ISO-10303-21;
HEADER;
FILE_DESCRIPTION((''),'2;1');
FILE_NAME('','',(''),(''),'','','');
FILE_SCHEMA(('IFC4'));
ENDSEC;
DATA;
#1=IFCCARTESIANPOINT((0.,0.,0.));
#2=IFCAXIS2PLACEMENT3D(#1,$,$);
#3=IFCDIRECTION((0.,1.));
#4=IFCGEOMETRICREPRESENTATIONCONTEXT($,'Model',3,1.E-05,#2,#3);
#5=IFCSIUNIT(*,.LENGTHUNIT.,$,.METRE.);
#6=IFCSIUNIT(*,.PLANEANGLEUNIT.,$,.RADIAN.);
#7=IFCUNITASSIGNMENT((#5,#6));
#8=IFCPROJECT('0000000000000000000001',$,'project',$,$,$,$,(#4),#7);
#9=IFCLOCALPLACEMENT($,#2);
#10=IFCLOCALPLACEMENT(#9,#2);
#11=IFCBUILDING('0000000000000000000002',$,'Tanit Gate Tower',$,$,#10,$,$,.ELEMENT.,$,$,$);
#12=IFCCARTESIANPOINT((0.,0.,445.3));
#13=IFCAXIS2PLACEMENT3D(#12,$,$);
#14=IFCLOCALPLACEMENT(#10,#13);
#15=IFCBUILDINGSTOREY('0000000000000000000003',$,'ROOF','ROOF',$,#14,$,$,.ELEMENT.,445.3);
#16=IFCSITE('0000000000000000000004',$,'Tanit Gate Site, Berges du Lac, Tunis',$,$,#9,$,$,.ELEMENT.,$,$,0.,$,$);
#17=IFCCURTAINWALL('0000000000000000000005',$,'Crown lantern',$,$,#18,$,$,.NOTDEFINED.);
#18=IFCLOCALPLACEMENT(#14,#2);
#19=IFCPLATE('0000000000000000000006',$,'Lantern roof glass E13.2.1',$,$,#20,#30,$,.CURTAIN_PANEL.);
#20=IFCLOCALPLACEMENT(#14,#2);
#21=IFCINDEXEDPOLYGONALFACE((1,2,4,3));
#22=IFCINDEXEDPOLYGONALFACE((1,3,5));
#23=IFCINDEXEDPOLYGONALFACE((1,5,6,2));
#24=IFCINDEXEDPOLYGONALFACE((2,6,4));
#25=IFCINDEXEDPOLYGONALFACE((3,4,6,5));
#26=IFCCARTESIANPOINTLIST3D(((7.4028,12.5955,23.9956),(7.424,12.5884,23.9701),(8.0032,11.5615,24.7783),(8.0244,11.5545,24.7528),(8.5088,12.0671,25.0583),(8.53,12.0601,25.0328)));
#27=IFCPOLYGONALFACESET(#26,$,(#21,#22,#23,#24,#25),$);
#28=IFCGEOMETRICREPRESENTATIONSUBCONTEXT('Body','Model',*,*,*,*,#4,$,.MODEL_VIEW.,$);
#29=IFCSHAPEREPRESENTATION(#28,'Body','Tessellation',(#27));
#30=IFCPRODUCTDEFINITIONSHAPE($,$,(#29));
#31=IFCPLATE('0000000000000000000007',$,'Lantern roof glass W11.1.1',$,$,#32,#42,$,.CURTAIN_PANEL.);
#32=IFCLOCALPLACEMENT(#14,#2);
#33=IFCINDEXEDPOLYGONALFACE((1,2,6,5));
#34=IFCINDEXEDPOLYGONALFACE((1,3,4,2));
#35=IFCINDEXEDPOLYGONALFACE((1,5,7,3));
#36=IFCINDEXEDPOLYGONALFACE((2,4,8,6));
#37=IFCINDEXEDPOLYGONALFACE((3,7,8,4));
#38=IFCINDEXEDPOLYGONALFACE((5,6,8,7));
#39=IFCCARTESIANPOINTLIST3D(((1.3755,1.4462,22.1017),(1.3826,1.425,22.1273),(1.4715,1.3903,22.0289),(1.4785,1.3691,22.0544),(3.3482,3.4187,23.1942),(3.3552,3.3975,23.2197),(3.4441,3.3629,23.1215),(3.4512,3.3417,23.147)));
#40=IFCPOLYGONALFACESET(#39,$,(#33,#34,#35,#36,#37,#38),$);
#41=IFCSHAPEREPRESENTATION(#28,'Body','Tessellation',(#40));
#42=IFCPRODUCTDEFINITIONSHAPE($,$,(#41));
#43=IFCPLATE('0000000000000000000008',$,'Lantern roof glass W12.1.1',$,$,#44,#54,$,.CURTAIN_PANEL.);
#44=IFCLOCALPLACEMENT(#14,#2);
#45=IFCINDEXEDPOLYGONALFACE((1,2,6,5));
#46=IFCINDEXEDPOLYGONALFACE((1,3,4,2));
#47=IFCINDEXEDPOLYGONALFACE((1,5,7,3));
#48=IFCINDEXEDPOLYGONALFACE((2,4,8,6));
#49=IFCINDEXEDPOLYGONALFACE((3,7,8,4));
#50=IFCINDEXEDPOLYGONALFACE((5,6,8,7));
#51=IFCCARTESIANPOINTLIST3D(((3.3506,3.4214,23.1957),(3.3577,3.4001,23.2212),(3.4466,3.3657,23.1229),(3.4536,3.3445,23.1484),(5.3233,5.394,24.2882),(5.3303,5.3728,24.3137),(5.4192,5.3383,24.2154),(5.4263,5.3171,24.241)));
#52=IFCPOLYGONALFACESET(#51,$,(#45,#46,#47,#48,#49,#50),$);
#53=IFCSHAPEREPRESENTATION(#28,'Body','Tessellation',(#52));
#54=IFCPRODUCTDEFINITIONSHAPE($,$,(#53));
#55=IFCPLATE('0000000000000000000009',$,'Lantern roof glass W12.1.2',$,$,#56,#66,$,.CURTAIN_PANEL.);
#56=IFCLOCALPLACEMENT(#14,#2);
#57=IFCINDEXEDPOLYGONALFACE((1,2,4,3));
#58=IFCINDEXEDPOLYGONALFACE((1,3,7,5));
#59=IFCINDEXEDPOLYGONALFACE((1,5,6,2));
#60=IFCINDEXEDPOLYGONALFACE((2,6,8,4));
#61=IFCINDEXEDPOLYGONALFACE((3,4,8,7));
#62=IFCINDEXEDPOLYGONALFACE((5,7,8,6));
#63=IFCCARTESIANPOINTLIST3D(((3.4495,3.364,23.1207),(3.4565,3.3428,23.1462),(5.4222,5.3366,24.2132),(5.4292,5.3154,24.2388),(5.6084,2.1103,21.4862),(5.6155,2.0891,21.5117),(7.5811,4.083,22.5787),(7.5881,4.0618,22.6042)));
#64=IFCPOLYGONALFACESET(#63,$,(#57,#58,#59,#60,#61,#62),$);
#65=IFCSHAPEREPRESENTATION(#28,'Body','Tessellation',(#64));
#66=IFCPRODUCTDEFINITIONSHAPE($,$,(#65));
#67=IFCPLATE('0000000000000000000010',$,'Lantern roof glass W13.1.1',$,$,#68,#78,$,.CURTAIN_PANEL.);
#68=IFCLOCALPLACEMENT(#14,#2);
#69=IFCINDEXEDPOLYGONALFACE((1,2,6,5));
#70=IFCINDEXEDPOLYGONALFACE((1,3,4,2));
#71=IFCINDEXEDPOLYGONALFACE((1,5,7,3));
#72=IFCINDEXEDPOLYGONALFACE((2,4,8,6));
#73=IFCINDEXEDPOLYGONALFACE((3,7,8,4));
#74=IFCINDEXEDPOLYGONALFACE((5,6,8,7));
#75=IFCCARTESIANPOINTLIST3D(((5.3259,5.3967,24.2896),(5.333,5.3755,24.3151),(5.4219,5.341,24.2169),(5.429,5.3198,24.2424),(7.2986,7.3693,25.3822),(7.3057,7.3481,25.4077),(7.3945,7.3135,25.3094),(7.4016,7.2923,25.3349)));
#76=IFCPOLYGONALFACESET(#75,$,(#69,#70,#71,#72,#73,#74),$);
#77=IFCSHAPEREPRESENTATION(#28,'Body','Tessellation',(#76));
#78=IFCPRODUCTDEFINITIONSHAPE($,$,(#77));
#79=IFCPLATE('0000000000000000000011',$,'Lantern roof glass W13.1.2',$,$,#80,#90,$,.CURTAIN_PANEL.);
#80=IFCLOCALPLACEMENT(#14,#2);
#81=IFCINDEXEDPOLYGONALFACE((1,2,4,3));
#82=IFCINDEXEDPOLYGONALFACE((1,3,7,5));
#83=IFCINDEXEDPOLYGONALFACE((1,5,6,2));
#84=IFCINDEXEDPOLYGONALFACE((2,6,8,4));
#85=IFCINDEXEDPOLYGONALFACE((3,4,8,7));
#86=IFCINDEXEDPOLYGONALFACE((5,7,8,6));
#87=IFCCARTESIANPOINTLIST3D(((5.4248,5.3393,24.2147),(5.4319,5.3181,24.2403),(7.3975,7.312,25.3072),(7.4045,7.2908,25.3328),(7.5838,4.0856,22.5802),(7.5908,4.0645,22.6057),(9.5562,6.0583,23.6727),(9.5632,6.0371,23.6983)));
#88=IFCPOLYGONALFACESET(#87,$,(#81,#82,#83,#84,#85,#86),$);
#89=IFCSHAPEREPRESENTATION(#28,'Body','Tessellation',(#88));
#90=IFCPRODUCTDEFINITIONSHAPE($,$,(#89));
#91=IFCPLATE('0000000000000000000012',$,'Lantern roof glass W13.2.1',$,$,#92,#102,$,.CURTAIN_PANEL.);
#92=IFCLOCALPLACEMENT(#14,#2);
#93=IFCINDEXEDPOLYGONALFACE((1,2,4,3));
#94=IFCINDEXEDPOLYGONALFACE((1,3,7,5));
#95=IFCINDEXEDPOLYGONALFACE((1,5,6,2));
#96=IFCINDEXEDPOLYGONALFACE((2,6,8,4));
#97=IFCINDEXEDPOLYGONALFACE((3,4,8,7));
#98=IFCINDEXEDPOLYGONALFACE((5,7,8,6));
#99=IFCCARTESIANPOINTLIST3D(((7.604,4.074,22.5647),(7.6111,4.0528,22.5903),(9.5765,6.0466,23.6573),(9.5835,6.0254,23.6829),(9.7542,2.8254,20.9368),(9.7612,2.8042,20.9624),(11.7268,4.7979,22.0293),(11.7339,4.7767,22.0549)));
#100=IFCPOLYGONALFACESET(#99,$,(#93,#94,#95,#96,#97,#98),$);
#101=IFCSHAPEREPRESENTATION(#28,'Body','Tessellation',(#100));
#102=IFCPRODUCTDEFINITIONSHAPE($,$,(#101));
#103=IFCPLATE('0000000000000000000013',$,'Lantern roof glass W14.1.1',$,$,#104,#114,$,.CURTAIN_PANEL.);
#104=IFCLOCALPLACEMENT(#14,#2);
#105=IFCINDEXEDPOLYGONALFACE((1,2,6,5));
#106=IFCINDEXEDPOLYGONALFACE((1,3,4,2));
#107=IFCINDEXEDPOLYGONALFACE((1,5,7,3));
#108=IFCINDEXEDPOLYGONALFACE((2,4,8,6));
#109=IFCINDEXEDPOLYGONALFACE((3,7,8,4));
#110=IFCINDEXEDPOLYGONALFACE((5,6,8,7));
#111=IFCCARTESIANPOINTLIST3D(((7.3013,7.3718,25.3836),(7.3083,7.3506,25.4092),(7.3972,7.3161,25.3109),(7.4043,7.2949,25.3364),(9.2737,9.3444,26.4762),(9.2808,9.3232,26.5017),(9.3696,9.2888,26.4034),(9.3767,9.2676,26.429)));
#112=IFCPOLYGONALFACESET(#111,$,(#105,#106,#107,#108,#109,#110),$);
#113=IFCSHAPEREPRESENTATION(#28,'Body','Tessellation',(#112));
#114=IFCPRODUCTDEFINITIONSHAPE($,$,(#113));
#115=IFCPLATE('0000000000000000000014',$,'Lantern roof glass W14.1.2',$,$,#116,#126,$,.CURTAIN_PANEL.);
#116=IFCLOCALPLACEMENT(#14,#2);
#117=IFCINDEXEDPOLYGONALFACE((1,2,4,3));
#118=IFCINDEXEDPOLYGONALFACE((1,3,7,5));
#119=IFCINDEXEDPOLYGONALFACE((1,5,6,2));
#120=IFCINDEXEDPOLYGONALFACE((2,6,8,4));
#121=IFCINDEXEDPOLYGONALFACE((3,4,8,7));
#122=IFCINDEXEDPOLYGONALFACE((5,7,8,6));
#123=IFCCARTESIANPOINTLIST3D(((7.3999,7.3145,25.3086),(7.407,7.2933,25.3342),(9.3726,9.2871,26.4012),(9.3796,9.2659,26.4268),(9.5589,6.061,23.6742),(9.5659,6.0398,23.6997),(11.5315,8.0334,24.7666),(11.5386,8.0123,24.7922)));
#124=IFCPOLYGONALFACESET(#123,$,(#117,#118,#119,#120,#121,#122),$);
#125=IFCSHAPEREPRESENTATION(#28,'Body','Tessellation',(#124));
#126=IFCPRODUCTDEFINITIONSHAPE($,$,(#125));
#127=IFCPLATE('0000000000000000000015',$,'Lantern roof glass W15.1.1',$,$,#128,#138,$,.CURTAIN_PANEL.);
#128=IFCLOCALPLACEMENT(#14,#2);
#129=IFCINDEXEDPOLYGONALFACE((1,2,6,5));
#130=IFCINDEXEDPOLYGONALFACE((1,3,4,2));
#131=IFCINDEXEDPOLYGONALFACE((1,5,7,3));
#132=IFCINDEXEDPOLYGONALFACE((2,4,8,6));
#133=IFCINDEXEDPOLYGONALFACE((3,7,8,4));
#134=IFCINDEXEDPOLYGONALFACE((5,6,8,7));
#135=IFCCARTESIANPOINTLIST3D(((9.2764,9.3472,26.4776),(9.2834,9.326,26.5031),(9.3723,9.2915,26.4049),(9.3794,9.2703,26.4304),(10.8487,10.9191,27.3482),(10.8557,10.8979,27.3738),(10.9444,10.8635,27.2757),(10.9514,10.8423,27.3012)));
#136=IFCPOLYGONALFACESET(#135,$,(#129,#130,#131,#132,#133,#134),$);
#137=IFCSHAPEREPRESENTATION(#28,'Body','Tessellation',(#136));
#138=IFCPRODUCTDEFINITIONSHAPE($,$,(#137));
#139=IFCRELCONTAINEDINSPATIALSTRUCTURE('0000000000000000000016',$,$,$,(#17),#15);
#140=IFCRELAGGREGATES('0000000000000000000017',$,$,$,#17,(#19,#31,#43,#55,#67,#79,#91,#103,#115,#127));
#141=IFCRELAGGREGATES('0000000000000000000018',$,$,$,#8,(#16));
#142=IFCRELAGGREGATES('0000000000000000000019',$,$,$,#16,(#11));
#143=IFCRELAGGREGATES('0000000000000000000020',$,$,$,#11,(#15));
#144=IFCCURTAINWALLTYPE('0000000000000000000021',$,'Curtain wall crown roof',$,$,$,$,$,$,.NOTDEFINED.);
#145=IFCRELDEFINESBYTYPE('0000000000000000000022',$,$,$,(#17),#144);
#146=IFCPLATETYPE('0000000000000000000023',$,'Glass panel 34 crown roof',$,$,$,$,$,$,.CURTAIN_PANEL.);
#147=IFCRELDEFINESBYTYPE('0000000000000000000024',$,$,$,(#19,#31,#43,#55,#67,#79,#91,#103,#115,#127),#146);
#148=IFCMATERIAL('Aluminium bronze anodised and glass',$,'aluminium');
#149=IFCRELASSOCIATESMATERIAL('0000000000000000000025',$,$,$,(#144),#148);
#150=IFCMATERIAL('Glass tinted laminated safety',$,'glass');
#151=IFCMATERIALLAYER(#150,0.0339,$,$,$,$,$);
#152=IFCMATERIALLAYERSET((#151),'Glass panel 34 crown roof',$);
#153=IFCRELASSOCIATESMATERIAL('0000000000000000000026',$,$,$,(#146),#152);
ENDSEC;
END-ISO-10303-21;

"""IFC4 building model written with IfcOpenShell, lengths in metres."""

from ifc_helpers import new_model, si_unit, direction, frame, origin, place, context, subcontext, project, spatial, polyline, outline, extrude, material, layer, layer_set, type_object, element, aggregate, save


model = new_model("IFC4")

# Units and contexts
model_context = context("Model", 3, precision=1e-05, world=origin(), true_north=direction((0.0, 1.0)))
body_context = subcontext(model_context, "Body", "Model", "MODEL_VIEW")
ifc_project = project(units=[si_unit("LENGTHUNIT", "METRE"), si_unit("PLANEANGLEUNIT", "RADIAN")], contexts=[model_context])

# Site, building, storey
site_placement = place(None, origin())
site = spatial("IfcSite", under=ifc_project, at=site_placement, Name="Tanit Gate Site, Berges du Lac, Tunis", CompositionType="ELEMENT", RefElevation=0.0)
building_placement = place(site_placement, origin())
building = spatial("IfcBuilding", under=site, at=building_placement, Name="Tanit Gate Tower", CompositionType="ELEMENT")
storey_placement = place(building_placement, frame((0.0, 0.0, 445.3)))
storey = spatial("IfcBuildingStorey", under=building, at=storey_placement, Name="ROOF", Description="ROOF", CompositionType="ELEMENT", Elevation=445.3)

# Curtain wall, plates
ifc_material_1 = material(Name="Aluminium bronze anodised and glass", Category="aluminium")
curtain_wall_type = type_object("IfcCurtainWallType", Name="Curtain wall crown roof", PredefinedType="NOTDEFINED", material=ifc_material_1)
curtain_wall_placement = place(storey_placement, origin())
curtain_wall = element("IfcCurtainWall", 1, at=curtain_wall_placement, inside=storey, type_object=curtain_wall_type, Name="Crown lantern", PredefinedType="NOTDEFINED")
ifc_material_2 = material(Name="Glass tinted laminated safety", Category="glass")
ifc_layer = layer(ifc_material_2, 0.0339)
ifc_layer_set = layer_set([ifc_layer], Name="Glass panel 34 crown roof")
plate_type = type_object("IfcPlateType", Name="Glass panel 34 crown roof", PredefinedType="CURTAIN_PANEL", material=ifc_layer_set)
plate_1_placement = place(storey_placement, frame((8.0032, 11.5615, 24.7783), z_axis=(-0.624476, 0.20744, 0.752993), x_axis=(0.658417, 0.658417, 0.364657)))
plate_1 = element("IfcPlate", 2, at=plate_1_placement, type_object=plate_type, Name="Lantern roof glass E13.2.1", PredefinedType="CURTAIN_PANEL", context=body_context, shape_type="SweptSolid", body=[
    extrude(outline(polyline([(0.0, 0.0), (0.7679, 0.0), (0.0001, 1.429), (0.0, 0.0)])), origin(), (0.0, 0.0, -1.0), 0.0339),
])
plate_2_placement = place(storey_placement, frame((3.3552, 3.3975, 23.2197), z_axis=(0.207657, -0.624628, 0.752807), x_axis=(-0.658447, -0.658387, -0.364656)))
plate_2 = element("IfcPlate", 3, at=plate_2_placement, type_object=plate_type, Name="Lantern roof glass W11.1.1", PredefinedType="CURTAIN_PANEL", context=body_context, shape_type="SweptSolid", body=[
    extrude(outline(polyline([(0.0, 0.0), (2.9959, 0.0), (2.9961, 0.1328), (0.0, 0.1327), (0.0, 0.0)])), origin(), (0.0, 0.0, -1.0), 0.0339),
])
plate_3_placement = place(storey_placement, frame((5.3303, 5.3728, 24.3137), z_axis=(0.208089, -0.624852, 0.752501), x_axis=(-0.658417, -0.658417, -0.364656)))
plate_3 = element("IfcPlate", 4, at=plate_3_placement, type_object=plate_type, Name="Lantern roof glass W12.1.1", PredefinedType="CURTAIN_PANEL", context=body_context, shape_type="SweptSolid", body=[
    extrude(outline(polyline([(0.0, 0.0), (2.9961, 0.0), (2.9961, 0.1327), (0.0, 0.1327), (0.0, 0.0)])), origin(), (0.0, 0.0, -1.0), 0.0339),
])
plate_4_placement = place(storey_placement, frame((5.6155, 2.0891, 21.5117), z_axis=(0.207453, -0.624483, 0.752984), x_axis=(0.658417, 0.658417, 0.364656)))
plate_4 = element("IfcPlate", 5, at=plate_4_placement, type_object=plate_type, Name="Lantern roof glass W12.1.2", PredefinedType="CURTAIN_PANEL", context=body_context, shape_type="SweptSolid", body=[
    extrude(outline(polyline([(0.0, 0.0), (2.9961, 0.0), (2.996, 2.984), (0.0, 2.984), (0.0, 0.0)])), origin(), (0.0, 0.0, -1.0), 0.0339),
])
plate_5_placement = place(storey_placement, frame((7.3057, 7.3481, 25.4077), z_axis=(0.207657, -0.624628, 0.752807), x_axis=(-0.658422, -0.658401, -0.364675)))
plate_5 = element("IfcPlate", 6, at=plate_5_placement, type_object=plate_type, Name="Lantern roof glass W13.1.1", PredefinedType="CURTAIN_PANEL", context=body_context, shape_type="SweptSolid", body=[
    extrude(outline(polyline([(0.0, 0.0), (2.9961, 0.0), (2.9961, 0.1327), (0.0002, 0.1328), (0.0, 0.0)])), origin(), (0.0, 0.0, -1.0), 0.0339),
])
plate_6_placement = place(storey_placement, frame((7.5908, 4.0645, 22.6057), z_axis=(0.207465, -0.624481, 0.752982), x_axis=(0.658373, 0.658447, 0.364681)))
plate_6 = element("IfcPlate", 7, at=plate_6_placement, type_object=plate_type, Name="Lantern roof glass W13.1.2", PredefinedType="CURTAIN_PANEL", context=body_context, shape_type="SweptSolid", body=[
    extrude(outline(polyline([(0.0, 0.0), (2.9959, 0.0), (2.9962, 2.9838), (0.0002, 2.984), (0.0, 0.0)])), origin(), (0.0, 0.0, -1.0), 0.0339),
])
plate_7_placement = place(storey_placement, frame((9.7612, 2.8042, 20.9624), z_axis=(0.207432, -0.624488, 0.752985), x_axis=(0.658445, 0.658392, 0.36465)))
plate_7 = element("IfcPlate", 8, at=plate_7_placement, type_object=plate_type, Name="Lantern roof glass W13.2.1", PredefinedType="CURTAIN_PANEL", context=body_context, shape_type="SweptSolid", body=[
    extrude(outline(polyline([(0.0, 0.0), (2.9959, 0.0), (2.9958, 2.9722), (-0.0001, 2.9719), (0.0, 0.0)])), origin(), (0.0, 0.0, -1.0), 0.0339),
])
plate_8_placement = place(storey_placement, frame((9.2808, 9.3232, 26.5017), z_axis=(0.208101, -0.624841, 0.752508), x_axis=(-0.658371, -0.658452, -0.364675)))
plate_8 = element("IfcPlate", 9, at=plate_8_placement, type_object=plate_type, Name="Lantern roof glass W14.1.1", PredefinedType="CURTAIN_PANEL", context=body_context, shape_type="SweptSolid", body=[
    extrude(outline(polyline([(0.0, 0.0), (2.9959, 0.0), (2.9959, 0.1327), (0.0, 0.1327), (0.0, 0.0)])), origin(), (0.0, 0.0, -1.0), 0.0339),
])
plate_9_placement = place(storey_placement, frame((9.5659, 6.0398, 23.6997), z_axis=(0.207455, -0.62451, 0.75296), x_axis=(0.658447, 0.658387, 0.364656)))
plate_9 = element("IfcPlate", 10, at=plate_9_placement, type_object=plate_type, Name="Lantern roof glass W14.1.2", PredefinedType="CURTAIN_PANEL", context=body_context, shape_type="SweptSolid", body=[
    extrude(outline(polyline([(0.0, 0.0), (2.9959, 0.0), (2.9958, 2.984), (-0.0003, 2.9839), (0.0, 0.0)])), origin(), (0.0, 0.0, -1.0), 0.0339),
])
plate_10_placement = place(storey_placement, frame((9.3794, 9.2703, 26.4304), z_axis=(0.207702, -0.624666, 0.752763), x_axis=(0.658391, 0.658414, 0.36471)))
plate_10 = element("IfcPlate", 11, at=plate_10_placement, type_object=plate_type, Name="Lantern roof glass W15.1.1", PredefinedType="CURTAIN_PANEL", context=body_context, shape_type="SweptSolid", body=[
    extrude(outline(polyline([(0.0, 0.0), (2.3877, 0.0), (2.3877, 0.1323), (0.0, 0.1327), (0.0, 0.0)])), origin(), (0.0, 0.0, -1.0), 0.0339),
])
aggregate(curtain_wall, [plate_1, plate_2, plate_3, plate_4, plate_5, plate_6, plate_7, plate_8, plate_9, plate_10])

save(model, "model.ifc")
